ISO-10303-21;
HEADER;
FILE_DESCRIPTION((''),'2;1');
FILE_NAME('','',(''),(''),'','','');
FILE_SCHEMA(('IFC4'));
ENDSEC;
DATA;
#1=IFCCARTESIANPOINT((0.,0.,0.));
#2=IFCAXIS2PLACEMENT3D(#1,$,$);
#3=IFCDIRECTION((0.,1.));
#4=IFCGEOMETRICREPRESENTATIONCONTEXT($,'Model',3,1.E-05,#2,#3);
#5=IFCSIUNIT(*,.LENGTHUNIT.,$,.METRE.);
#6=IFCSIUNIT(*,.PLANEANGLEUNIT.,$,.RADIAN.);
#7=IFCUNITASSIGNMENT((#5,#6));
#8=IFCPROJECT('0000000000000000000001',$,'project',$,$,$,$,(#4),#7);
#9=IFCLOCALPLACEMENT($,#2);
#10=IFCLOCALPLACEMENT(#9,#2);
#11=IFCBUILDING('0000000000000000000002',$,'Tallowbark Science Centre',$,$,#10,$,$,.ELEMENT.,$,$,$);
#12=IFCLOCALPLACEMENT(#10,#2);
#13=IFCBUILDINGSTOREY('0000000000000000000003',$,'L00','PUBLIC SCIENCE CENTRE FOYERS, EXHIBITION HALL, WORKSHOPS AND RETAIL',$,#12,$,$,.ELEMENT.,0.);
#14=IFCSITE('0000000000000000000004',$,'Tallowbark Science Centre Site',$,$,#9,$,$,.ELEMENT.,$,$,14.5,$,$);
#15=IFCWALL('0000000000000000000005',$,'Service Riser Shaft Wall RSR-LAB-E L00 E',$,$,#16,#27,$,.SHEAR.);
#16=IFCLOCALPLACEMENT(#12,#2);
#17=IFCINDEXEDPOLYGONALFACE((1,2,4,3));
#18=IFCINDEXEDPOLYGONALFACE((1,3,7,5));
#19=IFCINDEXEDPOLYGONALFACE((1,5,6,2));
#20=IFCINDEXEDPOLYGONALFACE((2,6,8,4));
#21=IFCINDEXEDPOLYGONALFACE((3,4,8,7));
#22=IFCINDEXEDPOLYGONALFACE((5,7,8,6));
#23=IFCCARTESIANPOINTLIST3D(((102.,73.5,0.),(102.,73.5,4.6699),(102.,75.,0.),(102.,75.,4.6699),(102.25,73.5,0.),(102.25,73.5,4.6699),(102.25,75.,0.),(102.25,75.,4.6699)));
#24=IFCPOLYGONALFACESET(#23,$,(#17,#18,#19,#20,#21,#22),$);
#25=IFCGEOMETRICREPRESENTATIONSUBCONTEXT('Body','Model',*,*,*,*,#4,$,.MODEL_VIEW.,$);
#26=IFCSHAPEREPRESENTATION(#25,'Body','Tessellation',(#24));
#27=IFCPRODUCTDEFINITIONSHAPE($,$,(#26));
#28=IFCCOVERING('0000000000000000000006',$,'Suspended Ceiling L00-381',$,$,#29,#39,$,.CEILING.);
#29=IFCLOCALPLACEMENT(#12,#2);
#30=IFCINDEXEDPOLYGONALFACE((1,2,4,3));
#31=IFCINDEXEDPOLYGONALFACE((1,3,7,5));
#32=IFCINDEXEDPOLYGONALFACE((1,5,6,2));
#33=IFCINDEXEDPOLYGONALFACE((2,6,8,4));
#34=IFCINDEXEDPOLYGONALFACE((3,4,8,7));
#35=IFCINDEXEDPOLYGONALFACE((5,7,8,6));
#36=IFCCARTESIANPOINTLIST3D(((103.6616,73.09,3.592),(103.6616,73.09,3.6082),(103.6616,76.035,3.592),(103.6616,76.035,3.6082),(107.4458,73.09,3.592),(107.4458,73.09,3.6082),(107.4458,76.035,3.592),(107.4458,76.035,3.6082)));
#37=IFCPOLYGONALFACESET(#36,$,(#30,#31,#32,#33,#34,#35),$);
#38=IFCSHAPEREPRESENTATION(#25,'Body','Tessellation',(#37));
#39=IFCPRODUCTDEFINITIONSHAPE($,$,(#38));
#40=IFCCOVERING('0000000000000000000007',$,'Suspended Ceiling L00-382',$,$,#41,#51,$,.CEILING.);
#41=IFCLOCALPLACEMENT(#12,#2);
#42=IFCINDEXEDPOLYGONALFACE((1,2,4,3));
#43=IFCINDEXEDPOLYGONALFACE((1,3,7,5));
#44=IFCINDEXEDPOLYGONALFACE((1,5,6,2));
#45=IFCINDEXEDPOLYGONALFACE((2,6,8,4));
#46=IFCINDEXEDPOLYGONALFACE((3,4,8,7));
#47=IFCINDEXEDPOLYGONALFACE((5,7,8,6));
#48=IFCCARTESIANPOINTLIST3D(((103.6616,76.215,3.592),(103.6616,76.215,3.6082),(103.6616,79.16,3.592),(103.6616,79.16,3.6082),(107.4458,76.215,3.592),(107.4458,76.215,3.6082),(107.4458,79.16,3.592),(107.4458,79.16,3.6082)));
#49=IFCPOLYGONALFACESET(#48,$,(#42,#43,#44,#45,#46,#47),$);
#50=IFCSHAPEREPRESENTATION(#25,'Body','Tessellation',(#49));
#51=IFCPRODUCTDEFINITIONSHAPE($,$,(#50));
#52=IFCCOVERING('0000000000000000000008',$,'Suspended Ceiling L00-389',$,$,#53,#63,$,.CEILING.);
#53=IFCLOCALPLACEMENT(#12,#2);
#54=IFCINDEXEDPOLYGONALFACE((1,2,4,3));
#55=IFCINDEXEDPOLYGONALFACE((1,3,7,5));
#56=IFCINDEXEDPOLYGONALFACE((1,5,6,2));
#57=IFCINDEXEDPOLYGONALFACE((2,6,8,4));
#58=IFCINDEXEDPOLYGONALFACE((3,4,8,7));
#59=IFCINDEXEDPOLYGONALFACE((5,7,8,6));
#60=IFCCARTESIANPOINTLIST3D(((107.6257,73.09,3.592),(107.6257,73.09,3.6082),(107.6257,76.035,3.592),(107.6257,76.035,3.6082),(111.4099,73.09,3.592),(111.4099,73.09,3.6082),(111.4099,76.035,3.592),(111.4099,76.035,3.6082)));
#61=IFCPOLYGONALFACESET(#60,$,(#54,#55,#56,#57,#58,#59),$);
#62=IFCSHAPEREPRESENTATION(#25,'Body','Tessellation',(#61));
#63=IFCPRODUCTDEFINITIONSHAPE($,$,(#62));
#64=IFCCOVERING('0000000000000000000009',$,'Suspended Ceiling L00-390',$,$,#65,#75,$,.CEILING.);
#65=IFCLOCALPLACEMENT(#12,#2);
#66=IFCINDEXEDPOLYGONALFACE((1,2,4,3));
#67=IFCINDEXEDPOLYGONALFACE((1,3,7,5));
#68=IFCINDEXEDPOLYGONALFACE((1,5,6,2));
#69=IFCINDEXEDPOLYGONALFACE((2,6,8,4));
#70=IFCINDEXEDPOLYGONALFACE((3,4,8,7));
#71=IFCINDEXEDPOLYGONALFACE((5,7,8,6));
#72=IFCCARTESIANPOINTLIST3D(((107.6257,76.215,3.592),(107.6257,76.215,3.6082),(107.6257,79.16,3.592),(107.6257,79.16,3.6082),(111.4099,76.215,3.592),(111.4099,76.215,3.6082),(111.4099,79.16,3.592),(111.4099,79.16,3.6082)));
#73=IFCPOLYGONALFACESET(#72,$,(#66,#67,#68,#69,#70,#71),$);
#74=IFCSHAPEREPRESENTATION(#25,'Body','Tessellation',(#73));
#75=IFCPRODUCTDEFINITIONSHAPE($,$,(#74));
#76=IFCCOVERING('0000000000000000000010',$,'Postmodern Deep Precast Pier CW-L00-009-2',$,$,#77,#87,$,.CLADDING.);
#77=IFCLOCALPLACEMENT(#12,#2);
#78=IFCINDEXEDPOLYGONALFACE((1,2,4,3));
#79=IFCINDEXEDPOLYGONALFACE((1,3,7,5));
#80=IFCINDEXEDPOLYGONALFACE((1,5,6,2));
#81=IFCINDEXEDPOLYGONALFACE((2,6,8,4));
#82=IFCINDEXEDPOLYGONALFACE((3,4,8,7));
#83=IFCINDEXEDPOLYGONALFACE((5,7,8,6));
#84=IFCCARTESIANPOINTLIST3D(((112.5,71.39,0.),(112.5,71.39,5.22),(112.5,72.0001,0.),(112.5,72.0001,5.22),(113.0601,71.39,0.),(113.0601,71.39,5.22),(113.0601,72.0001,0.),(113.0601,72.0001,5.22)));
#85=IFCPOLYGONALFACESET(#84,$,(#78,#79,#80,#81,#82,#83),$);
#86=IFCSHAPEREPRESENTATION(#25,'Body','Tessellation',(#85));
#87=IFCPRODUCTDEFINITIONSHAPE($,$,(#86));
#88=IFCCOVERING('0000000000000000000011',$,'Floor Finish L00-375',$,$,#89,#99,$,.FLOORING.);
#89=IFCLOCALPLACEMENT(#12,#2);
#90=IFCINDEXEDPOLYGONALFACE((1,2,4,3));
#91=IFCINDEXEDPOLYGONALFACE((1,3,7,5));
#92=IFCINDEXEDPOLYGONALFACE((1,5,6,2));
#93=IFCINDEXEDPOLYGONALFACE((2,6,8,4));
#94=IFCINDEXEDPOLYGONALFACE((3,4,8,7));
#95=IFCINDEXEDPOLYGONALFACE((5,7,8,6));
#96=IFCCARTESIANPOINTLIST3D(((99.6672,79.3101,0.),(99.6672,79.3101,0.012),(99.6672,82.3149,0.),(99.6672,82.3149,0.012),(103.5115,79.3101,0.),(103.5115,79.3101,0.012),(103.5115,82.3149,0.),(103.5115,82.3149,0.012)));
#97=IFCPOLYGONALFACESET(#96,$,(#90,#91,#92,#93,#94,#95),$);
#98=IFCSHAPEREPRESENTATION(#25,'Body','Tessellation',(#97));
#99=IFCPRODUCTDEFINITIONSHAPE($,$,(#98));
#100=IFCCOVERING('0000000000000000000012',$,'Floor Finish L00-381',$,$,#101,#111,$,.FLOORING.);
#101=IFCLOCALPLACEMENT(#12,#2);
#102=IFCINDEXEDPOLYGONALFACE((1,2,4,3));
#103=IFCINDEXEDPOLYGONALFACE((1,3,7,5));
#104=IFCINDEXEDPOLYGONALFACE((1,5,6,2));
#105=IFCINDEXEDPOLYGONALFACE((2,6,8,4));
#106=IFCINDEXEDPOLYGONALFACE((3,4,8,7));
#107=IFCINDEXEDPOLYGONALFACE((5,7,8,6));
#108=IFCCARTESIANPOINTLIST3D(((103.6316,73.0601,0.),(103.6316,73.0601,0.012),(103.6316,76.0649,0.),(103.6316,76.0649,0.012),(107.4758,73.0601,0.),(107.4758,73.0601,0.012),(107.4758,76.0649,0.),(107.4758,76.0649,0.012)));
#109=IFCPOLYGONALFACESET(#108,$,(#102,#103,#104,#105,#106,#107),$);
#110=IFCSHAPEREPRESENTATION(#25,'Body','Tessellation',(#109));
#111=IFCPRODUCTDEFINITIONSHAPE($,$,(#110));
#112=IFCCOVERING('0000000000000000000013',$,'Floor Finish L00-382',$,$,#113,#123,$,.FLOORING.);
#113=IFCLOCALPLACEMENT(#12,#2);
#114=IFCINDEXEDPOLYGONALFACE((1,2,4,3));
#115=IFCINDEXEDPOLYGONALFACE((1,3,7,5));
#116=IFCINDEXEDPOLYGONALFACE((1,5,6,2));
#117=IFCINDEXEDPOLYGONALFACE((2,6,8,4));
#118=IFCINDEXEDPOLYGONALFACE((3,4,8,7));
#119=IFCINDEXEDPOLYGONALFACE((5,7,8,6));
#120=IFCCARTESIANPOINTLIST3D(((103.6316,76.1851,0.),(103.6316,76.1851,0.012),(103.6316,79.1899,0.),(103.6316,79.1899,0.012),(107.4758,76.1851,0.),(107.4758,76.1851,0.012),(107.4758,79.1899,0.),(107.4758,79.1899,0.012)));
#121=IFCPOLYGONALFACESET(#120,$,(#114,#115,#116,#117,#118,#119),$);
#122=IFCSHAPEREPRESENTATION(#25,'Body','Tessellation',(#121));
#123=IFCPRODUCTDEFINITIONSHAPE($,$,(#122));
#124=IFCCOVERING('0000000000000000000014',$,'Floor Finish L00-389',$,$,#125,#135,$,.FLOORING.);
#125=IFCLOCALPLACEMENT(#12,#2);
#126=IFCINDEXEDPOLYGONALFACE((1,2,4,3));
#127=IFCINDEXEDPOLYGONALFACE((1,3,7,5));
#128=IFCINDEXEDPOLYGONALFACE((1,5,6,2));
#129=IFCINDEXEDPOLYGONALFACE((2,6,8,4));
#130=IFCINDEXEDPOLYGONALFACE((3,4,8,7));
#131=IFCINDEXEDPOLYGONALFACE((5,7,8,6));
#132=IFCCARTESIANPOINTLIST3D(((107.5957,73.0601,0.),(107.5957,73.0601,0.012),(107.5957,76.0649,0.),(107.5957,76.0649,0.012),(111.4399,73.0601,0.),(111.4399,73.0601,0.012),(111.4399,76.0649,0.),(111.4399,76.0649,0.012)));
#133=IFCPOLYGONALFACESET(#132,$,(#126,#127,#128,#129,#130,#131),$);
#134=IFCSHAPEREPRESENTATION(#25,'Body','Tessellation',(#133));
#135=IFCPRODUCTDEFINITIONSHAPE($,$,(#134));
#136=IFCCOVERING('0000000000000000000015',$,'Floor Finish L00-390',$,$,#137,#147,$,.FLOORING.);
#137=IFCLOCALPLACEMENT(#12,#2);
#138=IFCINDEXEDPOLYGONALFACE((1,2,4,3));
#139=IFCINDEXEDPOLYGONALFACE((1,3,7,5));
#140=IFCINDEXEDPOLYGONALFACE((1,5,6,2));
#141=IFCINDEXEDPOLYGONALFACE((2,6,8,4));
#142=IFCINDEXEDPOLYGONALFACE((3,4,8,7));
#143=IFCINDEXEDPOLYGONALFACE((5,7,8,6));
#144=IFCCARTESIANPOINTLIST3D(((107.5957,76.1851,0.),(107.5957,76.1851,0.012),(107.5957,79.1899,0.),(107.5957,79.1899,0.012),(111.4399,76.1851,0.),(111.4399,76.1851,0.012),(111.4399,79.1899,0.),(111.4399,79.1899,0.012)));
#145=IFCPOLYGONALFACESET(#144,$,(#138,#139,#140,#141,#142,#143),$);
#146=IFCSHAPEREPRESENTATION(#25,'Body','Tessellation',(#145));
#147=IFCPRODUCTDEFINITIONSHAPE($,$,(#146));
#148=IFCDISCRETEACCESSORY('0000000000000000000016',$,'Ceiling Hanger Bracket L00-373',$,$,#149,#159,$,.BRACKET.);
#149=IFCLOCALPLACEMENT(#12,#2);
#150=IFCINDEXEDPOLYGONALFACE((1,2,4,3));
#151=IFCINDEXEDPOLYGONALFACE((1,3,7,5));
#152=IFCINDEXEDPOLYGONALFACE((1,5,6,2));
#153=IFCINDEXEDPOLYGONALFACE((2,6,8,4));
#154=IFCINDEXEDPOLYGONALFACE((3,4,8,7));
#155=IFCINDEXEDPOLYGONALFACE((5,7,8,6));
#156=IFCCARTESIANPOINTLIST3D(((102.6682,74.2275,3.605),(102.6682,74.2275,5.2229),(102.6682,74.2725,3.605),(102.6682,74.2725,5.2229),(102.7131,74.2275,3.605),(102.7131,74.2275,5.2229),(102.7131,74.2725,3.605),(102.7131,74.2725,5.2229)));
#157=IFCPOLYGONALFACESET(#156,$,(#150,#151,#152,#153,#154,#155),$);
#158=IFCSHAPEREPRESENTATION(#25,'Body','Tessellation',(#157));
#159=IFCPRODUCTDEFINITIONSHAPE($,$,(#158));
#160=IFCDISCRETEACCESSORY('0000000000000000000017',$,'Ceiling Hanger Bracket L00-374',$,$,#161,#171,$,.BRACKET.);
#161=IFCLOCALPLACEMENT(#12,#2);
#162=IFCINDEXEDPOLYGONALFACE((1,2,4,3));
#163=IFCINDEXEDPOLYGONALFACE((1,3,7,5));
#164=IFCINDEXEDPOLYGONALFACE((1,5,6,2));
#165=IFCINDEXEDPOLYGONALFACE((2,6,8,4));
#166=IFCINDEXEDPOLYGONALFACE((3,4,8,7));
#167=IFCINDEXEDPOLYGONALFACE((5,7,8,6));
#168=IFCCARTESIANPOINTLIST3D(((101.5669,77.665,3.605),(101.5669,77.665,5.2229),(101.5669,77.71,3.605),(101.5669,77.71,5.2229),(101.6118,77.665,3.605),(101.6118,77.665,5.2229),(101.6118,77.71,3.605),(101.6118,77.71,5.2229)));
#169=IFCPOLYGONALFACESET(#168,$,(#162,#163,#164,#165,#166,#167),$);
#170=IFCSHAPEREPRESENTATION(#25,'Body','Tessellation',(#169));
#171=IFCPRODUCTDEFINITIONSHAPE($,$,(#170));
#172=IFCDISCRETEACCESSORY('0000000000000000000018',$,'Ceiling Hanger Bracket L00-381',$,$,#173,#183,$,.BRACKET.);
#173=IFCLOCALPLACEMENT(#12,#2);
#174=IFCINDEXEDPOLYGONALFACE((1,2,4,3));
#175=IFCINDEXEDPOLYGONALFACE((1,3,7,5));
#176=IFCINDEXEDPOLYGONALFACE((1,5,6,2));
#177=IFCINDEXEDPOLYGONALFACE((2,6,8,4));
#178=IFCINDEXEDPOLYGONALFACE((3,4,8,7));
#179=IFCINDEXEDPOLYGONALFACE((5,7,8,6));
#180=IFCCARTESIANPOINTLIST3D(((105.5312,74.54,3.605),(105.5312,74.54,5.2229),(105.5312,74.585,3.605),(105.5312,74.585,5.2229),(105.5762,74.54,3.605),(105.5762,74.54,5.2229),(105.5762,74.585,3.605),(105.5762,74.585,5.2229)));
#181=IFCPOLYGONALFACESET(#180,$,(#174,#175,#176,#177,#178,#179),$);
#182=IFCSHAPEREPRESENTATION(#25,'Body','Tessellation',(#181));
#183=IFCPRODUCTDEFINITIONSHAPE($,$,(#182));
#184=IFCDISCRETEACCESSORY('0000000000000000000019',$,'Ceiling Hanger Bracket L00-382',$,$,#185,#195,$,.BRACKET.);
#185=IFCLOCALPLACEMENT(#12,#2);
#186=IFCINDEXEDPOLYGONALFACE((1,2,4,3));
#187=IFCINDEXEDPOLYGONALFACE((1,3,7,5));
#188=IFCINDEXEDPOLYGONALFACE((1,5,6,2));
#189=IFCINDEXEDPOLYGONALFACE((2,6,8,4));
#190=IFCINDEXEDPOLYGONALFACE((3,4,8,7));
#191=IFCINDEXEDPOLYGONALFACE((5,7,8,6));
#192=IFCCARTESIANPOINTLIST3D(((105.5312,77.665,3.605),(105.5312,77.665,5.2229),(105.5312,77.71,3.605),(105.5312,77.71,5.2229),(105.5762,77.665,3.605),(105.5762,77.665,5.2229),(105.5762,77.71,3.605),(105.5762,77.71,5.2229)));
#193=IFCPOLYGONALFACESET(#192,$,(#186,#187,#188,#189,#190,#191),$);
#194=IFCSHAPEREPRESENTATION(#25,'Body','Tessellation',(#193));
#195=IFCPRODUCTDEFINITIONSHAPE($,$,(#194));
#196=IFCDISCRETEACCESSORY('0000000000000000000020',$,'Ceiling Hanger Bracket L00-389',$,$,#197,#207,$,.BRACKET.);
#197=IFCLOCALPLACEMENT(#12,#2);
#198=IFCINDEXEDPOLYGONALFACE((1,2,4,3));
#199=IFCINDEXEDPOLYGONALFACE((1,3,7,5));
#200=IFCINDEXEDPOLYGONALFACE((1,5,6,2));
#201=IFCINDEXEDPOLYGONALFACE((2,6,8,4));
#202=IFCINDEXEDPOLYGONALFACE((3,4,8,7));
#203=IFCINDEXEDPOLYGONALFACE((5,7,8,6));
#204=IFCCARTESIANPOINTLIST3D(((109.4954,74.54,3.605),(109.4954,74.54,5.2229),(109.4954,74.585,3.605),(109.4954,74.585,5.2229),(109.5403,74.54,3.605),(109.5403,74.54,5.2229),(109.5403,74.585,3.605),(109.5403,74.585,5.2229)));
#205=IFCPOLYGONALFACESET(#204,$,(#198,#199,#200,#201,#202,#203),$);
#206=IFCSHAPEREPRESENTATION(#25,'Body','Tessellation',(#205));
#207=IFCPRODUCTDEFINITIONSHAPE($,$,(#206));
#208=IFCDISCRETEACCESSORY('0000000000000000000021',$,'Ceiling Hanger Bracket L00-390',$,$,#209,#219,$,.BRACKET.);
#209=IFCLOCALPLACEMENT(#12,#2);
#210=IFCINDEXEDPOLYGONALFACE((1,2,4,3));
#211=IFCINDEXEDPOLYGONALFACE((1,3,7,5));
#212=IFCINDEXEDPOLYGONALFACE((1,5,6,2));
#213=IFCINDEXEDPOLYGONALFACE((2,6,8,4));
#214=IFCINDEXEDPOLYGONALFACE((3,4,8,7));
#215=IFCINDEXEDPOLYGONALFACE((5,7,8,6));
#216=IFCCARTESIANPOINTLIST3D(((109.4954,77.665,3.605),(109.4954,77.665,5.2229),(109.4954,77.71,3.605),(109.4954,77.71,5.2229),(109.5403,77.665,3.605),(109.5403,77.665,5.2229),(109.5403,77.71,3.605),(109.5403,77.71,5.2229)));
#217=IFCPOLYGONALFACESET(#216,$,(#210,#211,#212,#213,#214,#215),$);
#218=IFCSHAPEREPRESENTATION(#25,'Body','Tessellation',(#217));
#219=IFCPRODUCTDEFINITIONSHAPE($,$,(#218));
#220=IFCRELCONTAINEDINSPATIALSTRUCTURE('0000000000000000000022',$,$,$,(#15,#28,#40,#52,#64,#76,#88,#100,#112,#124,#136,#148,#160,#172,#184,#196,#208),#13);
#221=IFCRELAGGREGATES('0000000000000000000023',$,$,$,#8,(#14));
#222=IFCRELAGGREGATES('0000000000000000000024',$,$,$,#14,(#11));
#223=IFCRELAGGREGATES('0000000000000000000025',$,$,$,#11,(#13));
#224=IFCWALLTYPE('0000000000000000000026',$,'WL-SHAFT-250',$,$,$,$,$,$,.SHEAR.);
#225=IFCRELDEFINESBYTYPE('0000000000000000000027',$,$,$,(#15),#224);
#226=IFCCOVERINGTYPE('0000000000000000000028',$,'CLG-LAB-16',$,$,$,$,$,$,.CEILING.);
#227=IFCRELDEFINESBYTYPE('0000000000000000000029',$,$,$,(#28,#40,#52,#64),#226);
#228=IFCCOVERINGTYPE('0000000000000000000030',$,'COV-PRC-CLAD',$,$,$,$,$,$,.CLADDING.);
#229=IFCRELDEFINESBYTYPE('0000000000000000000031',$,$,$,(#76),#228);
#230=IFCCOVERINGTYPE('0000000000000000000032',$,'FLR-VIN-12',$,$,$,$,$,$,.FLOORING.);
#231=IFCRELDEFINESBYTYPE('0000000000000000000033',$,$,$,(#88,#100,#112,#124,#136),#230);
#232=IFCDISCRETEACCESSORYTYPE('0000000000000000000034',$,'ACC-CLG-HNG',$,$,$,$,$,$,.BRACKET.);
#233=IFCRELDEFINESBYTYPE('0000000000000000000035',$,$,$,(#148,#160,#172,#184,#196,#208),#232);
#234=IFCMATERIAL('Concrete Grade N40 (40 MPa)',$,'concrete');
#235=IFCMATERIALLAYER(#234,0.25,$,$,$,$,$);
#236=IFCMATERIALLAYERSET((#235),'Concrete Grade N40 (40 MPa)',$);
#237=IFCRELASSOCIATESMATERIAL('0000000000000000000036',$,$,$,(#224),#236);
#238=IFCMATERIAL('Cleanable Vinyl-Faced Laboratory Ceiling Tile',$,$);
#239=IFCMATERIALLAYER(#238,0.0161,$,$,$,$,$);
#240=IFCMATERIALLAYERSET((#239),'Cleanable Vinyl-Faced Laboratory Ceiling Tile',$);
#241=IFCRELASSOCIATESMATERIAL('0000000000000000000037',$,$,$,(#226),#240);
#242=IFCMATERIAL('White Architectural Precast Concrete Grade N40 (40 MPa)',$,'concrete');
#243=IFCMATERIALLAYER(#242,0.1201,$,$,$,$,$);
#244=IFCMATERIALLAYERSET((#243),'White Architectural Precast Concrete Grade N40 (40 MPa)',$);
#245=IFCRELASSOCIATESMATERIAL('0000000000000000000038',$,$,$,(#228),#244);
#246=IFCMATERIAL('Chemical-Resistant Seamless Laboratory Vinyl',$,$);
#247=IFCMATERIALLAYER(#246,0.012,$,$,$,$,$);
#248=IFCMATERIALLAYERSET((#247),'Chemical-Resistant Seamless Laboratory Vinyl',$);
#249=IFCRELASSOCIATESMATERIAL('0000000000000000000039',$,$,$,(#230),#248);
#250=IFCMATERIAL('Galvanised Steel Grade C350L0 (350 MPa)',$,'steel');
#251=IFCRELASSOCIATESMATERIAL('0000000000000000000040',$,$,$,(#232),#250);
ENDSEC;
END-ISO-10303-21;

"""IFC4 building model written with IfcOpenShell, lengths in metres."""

from ifc_helpers import new_model, si_unit, direction, frame, frame_2d, origin, origin_2d, place, context, subcontext, project, spatial, rectangle, extrude, material, layer, layer_set, type_object, element, save


model = new_model("IFC4")

# Units and contexts
model_context = context("Model", 3, precision=1e-05, world=origin(), true_north=direction((0.0, 1.0)))
body_context = subcontext(model_context, "Body", "Model", "MODEL_VIEW")
ifc_project = project(units=[si_unit("LENGTHUNIT", "METRE"), si_unit("PLANEANGLEUNIT", "RADIAN")], contexts=[model_context])

# Site, building, storey
site_placement = place(None, origin())
site = spatial("IfcSite", under=ifc_project, at=site_placement, Name="Tallowbark Science Centre Site", CompositionType="ELEMENT", RefElevation=14.5)
building_placement = place(site_placement, origin())
building = spatial("IfcBuilding", under=site, at=building_placement, Name="Tallowbark Science Centre", CompositionType="ELEMENT")
storey_placement = place(building_placement, origin())
storey = spatial("IfcBuildingStorey", under=building, at=storey_placement, Name="L00", Description="PUBLIC SCIENCE CENTRE FOYERS, EXHIBITION HALL, WORKSHOPS AND RETAIL", CompositionType="ELEMENT", Elevation=0.0)

# Shared definitions
ifc_material_1 = material(Name="Concrete Grade N40 (40 MPa)", Category="concrete")

# Wall
ifc_layer_1 = layer(ifc_material_1, 0.25)
ifc_layer_set_1 = layer_set([ifc_layer_1], Name="Concrete Grade N40 (40 MPa)")
wall_type_1 = type_object("IfcWallType", Name="WL-SHAFT-250", PredefinedType="SHEAR", material=ifc_layer_set_1)
wall_1_placement = place(storey_placement, frame((102.125, 73.5, 0.0), z_axis=(0.0, 0.0, 1.0), x_axis=(0.0, 1.0, 0.0)))
element("IfcWall", 1, at=wall_1_placement, inside=storey, type_object=wall_type_1, Name="Service Riser Shaft Wall RSR-LAB-E L00 E", PredefinedType="SHEAR", context=body_context, shape_type="SweptSolid", body=[
    extrude(rectangle(XDim=1.5, YDim=0.25, at=frame_2d((0.75, 0.0))), origin(), (0.0, 0.0, 1.0), 4.6699),
])

# Coverings
ifc_material_2 = material(Name="Cleanable Vinyl-Faced Laboratory Ceiling Tile")
ifc_layer_2 = layer(ifc_material_2, 0.0161)
ifc_layer_set_2 = layer_set([ifc_layer_2], Name="Cleanable Vinyl-Faced Laboratory Ceiling Tile")
covering_type_1 = type_object("IfcCoveringType", Name="CLG-LAB-16", PredefinedType="CEILING", material=ifc_layer_set_2)
for number, where, z_axis, x_axis, name in (
    (2, (105.5537, 74.5625, 3.592), (0.0, 0.0, 1.0), (1.0, 0.0, 0.0), "Suspended Ceiling L00-381"),
    (3, (105.5537, 77.6875, 3.592), (0.0, 0.0, 1.0), (1.0, 0.0, 0.0), "Suspended Ceiling L00-382"),
    (4, (109.5178, 74.5625, 3.592), (0.0, 0.0, 1.0), (1.0, 0.0, 0.0), "Suspended Ceiling L00-389"),
    (5, (109.5178, 77.6875, 3.592), (0.0, 0.0, 1.0), (1.0, 0.0, 0.0), "Suspended Ceiling L00-390"),
):
    element("IfcCovering", number, at=place(storey_placement, frame(where, z_axis=z_axis, x_axis=x_axis)), inside=storey, type_object=covering_type_1, Name=name, PredefinedType="CEILING", context=body_context, shape_type="SweptSolid", body=[
        extrude(rectangle(XDim=3.7842, YDim=2.9451, at=origin_2d()), origin(), (0.0, 0.0, 1.0), 0.0161),
    ])
ifc_material_3 = material(Name="White Architectural Precast Concrete Grade N40 (40 MPa)", Category="concrete")
ifc_layer_3 = layer(ifc_material_3, 0.1201)
ifc_layer_set_3 = layer_set([ifc_layer_3], Name="White Architectural Precast Concrete Grade N40 (40 MPa)")
covering_type_2 = type_object("IfcCoveringType", Name="COV-PRC-CLAD", PredefinedType="CLADDING", material=ifc_layer_set_3)
covering_placement = place(storey_placement, frame((112.78, 71.6951, 0.0), z_axis=(0.0, 0.0, 1.0), x_axis=(0.0, 1.0, 0.0)))
element("IfcCovering", 6, at=covering_placement, inside=storey, type_object=covering_type_2, Name="Postmodern Deep Precast Pier CW-L00-009-2", PredefinedType="CLADDING", context=body_context, shape_type="SweptSolid", body=[
    extrude(rectangle(XDim=0.6101, YDim=0.5601, at=origin_2d()), origin(), (0.0, 0.0, 1.0), 5.22),
])
ifc_material_4 = material(Name="Chemical-Resistant Seamless Laboratory Vinyl")
ifc_layer_4 = layer(ifc_material_4, 0.012)
ifc_layer_set_4 = layer_set([ifc_layer_4], Name="Chemical-Resistant Seamless Laboratory Vinyl")
covering_type_3 = type_object("IfcCoveringType", Name="FLR-VIN-12", PredefinedType="FLOORING", material=ifc_layer_set_4)
for number, where, z_axis, x_axis, name in (
    (7, (101.5894, 80.8125, 0.0), (0.0, 0.0, 1.0), (1.0, 0.0, 0.0), "Floor Finish L00-375"),
    (8, (105.5537, 74.5625, 0.0), (0.0, 0.0, 1.0), (1.0, 0.0, 0.0), "Floor Finish L00-381"),
    (9, (105.5537, 77.6875, 0.0), (0.0, 0.0, 1.0), (1.0, 0.0, 0.0), "Floor Finish L00-382"),
    (10, (109.5178, 74.5625, 0.0), (0.0, 0.0, 1.0), (1.0, 0.0, 0.0), "Floor Finish L00-389"),
    (11, (109.5178, 77.6875, 0.0), (0.0, 0.0, 1.0), (1.0, 0.0, 0.0), "Floor Finish L00-390"),
):
    element("IfcCovering", number, at=place(storey_placement, frame(where, z_axis=z_axis, x_axis=x_axis)), inside=storey, type_object=covering_type_3, Name=name, PredefinedType="FLOORING", context=body_context, shape_type="SweptSolid", body=[
        extrude(rectangle(XDim=3.8442, YDim=3.0049, at=origin_2d()), origin(), (0.0, 0.0, 1.0), 0.012),
    ])

# Discrete accessories
ifc_material_5 = material(Name="Galvanised Steel Grade C350L0 (350 MPa)", Category="steel")
discrete_accessory_type = type_object("IfcDiscreteAccessoryType", Name="ACC-CLG-HNG", PredefinedType="BRACKET", material=ifc_material_5)
for number, where, z_axis, x_axis, name in (
    (12, (102.6907, 74.25, 3.605), (0.0, 0.0, 1.0), (1.0, 0.0, 0.0), "Ceiling Hanger Bracket L00-373"),
    (13, (101.5894, 77.6875, 3.605), (0.0, 0.0, 1.0), (1.0, 0.0, 0.0), "Ceiling Hanger Bracket L00-374"),
    (14, (105.5537, 74.5625, 3.605), (0.0, 0.0, 1.0), (1.0, 0.0, 0.0), "Ceiling Hanger Bracket L00-381"),
    (15, (105.5537, 77.6875, 3.605), (0.0, 0.0, 1.0), (1.0, 0.0, 0.0), "Ceiling Hanger Bracket L00-382"),
    (16, (109.5178, 74.5625, 3.605), (0.0, 0.0, 1.0), (1.0, 0.0, 0.0), "Ceiling Hanger Bracket L00-389"),
    (17, (109.5178, 77.6875, 3.605), (0.0, 0.0, 1.0), (1.0, 0.0, 0.0), "Ceiling Hanger Bracket L00-390"),
):
    element("IfcDiscreteAccessory", number, at=place(storey_placement, frame(where, z_axis=z_axis, x_axis=x_axis)), inside=storey, type_object=discrete_accessory_type, Name=name, PredefinedType="BRACKET", context=body_context, shape_type="SweptSolid", body=[
        extrude(rectangle(XDim=0.0449, YDim=0.0449, at=origin_2d()), origin(), (0.0, 0.0, 1.0), 1.6179),
    ])

save(model, "model.ifc")
